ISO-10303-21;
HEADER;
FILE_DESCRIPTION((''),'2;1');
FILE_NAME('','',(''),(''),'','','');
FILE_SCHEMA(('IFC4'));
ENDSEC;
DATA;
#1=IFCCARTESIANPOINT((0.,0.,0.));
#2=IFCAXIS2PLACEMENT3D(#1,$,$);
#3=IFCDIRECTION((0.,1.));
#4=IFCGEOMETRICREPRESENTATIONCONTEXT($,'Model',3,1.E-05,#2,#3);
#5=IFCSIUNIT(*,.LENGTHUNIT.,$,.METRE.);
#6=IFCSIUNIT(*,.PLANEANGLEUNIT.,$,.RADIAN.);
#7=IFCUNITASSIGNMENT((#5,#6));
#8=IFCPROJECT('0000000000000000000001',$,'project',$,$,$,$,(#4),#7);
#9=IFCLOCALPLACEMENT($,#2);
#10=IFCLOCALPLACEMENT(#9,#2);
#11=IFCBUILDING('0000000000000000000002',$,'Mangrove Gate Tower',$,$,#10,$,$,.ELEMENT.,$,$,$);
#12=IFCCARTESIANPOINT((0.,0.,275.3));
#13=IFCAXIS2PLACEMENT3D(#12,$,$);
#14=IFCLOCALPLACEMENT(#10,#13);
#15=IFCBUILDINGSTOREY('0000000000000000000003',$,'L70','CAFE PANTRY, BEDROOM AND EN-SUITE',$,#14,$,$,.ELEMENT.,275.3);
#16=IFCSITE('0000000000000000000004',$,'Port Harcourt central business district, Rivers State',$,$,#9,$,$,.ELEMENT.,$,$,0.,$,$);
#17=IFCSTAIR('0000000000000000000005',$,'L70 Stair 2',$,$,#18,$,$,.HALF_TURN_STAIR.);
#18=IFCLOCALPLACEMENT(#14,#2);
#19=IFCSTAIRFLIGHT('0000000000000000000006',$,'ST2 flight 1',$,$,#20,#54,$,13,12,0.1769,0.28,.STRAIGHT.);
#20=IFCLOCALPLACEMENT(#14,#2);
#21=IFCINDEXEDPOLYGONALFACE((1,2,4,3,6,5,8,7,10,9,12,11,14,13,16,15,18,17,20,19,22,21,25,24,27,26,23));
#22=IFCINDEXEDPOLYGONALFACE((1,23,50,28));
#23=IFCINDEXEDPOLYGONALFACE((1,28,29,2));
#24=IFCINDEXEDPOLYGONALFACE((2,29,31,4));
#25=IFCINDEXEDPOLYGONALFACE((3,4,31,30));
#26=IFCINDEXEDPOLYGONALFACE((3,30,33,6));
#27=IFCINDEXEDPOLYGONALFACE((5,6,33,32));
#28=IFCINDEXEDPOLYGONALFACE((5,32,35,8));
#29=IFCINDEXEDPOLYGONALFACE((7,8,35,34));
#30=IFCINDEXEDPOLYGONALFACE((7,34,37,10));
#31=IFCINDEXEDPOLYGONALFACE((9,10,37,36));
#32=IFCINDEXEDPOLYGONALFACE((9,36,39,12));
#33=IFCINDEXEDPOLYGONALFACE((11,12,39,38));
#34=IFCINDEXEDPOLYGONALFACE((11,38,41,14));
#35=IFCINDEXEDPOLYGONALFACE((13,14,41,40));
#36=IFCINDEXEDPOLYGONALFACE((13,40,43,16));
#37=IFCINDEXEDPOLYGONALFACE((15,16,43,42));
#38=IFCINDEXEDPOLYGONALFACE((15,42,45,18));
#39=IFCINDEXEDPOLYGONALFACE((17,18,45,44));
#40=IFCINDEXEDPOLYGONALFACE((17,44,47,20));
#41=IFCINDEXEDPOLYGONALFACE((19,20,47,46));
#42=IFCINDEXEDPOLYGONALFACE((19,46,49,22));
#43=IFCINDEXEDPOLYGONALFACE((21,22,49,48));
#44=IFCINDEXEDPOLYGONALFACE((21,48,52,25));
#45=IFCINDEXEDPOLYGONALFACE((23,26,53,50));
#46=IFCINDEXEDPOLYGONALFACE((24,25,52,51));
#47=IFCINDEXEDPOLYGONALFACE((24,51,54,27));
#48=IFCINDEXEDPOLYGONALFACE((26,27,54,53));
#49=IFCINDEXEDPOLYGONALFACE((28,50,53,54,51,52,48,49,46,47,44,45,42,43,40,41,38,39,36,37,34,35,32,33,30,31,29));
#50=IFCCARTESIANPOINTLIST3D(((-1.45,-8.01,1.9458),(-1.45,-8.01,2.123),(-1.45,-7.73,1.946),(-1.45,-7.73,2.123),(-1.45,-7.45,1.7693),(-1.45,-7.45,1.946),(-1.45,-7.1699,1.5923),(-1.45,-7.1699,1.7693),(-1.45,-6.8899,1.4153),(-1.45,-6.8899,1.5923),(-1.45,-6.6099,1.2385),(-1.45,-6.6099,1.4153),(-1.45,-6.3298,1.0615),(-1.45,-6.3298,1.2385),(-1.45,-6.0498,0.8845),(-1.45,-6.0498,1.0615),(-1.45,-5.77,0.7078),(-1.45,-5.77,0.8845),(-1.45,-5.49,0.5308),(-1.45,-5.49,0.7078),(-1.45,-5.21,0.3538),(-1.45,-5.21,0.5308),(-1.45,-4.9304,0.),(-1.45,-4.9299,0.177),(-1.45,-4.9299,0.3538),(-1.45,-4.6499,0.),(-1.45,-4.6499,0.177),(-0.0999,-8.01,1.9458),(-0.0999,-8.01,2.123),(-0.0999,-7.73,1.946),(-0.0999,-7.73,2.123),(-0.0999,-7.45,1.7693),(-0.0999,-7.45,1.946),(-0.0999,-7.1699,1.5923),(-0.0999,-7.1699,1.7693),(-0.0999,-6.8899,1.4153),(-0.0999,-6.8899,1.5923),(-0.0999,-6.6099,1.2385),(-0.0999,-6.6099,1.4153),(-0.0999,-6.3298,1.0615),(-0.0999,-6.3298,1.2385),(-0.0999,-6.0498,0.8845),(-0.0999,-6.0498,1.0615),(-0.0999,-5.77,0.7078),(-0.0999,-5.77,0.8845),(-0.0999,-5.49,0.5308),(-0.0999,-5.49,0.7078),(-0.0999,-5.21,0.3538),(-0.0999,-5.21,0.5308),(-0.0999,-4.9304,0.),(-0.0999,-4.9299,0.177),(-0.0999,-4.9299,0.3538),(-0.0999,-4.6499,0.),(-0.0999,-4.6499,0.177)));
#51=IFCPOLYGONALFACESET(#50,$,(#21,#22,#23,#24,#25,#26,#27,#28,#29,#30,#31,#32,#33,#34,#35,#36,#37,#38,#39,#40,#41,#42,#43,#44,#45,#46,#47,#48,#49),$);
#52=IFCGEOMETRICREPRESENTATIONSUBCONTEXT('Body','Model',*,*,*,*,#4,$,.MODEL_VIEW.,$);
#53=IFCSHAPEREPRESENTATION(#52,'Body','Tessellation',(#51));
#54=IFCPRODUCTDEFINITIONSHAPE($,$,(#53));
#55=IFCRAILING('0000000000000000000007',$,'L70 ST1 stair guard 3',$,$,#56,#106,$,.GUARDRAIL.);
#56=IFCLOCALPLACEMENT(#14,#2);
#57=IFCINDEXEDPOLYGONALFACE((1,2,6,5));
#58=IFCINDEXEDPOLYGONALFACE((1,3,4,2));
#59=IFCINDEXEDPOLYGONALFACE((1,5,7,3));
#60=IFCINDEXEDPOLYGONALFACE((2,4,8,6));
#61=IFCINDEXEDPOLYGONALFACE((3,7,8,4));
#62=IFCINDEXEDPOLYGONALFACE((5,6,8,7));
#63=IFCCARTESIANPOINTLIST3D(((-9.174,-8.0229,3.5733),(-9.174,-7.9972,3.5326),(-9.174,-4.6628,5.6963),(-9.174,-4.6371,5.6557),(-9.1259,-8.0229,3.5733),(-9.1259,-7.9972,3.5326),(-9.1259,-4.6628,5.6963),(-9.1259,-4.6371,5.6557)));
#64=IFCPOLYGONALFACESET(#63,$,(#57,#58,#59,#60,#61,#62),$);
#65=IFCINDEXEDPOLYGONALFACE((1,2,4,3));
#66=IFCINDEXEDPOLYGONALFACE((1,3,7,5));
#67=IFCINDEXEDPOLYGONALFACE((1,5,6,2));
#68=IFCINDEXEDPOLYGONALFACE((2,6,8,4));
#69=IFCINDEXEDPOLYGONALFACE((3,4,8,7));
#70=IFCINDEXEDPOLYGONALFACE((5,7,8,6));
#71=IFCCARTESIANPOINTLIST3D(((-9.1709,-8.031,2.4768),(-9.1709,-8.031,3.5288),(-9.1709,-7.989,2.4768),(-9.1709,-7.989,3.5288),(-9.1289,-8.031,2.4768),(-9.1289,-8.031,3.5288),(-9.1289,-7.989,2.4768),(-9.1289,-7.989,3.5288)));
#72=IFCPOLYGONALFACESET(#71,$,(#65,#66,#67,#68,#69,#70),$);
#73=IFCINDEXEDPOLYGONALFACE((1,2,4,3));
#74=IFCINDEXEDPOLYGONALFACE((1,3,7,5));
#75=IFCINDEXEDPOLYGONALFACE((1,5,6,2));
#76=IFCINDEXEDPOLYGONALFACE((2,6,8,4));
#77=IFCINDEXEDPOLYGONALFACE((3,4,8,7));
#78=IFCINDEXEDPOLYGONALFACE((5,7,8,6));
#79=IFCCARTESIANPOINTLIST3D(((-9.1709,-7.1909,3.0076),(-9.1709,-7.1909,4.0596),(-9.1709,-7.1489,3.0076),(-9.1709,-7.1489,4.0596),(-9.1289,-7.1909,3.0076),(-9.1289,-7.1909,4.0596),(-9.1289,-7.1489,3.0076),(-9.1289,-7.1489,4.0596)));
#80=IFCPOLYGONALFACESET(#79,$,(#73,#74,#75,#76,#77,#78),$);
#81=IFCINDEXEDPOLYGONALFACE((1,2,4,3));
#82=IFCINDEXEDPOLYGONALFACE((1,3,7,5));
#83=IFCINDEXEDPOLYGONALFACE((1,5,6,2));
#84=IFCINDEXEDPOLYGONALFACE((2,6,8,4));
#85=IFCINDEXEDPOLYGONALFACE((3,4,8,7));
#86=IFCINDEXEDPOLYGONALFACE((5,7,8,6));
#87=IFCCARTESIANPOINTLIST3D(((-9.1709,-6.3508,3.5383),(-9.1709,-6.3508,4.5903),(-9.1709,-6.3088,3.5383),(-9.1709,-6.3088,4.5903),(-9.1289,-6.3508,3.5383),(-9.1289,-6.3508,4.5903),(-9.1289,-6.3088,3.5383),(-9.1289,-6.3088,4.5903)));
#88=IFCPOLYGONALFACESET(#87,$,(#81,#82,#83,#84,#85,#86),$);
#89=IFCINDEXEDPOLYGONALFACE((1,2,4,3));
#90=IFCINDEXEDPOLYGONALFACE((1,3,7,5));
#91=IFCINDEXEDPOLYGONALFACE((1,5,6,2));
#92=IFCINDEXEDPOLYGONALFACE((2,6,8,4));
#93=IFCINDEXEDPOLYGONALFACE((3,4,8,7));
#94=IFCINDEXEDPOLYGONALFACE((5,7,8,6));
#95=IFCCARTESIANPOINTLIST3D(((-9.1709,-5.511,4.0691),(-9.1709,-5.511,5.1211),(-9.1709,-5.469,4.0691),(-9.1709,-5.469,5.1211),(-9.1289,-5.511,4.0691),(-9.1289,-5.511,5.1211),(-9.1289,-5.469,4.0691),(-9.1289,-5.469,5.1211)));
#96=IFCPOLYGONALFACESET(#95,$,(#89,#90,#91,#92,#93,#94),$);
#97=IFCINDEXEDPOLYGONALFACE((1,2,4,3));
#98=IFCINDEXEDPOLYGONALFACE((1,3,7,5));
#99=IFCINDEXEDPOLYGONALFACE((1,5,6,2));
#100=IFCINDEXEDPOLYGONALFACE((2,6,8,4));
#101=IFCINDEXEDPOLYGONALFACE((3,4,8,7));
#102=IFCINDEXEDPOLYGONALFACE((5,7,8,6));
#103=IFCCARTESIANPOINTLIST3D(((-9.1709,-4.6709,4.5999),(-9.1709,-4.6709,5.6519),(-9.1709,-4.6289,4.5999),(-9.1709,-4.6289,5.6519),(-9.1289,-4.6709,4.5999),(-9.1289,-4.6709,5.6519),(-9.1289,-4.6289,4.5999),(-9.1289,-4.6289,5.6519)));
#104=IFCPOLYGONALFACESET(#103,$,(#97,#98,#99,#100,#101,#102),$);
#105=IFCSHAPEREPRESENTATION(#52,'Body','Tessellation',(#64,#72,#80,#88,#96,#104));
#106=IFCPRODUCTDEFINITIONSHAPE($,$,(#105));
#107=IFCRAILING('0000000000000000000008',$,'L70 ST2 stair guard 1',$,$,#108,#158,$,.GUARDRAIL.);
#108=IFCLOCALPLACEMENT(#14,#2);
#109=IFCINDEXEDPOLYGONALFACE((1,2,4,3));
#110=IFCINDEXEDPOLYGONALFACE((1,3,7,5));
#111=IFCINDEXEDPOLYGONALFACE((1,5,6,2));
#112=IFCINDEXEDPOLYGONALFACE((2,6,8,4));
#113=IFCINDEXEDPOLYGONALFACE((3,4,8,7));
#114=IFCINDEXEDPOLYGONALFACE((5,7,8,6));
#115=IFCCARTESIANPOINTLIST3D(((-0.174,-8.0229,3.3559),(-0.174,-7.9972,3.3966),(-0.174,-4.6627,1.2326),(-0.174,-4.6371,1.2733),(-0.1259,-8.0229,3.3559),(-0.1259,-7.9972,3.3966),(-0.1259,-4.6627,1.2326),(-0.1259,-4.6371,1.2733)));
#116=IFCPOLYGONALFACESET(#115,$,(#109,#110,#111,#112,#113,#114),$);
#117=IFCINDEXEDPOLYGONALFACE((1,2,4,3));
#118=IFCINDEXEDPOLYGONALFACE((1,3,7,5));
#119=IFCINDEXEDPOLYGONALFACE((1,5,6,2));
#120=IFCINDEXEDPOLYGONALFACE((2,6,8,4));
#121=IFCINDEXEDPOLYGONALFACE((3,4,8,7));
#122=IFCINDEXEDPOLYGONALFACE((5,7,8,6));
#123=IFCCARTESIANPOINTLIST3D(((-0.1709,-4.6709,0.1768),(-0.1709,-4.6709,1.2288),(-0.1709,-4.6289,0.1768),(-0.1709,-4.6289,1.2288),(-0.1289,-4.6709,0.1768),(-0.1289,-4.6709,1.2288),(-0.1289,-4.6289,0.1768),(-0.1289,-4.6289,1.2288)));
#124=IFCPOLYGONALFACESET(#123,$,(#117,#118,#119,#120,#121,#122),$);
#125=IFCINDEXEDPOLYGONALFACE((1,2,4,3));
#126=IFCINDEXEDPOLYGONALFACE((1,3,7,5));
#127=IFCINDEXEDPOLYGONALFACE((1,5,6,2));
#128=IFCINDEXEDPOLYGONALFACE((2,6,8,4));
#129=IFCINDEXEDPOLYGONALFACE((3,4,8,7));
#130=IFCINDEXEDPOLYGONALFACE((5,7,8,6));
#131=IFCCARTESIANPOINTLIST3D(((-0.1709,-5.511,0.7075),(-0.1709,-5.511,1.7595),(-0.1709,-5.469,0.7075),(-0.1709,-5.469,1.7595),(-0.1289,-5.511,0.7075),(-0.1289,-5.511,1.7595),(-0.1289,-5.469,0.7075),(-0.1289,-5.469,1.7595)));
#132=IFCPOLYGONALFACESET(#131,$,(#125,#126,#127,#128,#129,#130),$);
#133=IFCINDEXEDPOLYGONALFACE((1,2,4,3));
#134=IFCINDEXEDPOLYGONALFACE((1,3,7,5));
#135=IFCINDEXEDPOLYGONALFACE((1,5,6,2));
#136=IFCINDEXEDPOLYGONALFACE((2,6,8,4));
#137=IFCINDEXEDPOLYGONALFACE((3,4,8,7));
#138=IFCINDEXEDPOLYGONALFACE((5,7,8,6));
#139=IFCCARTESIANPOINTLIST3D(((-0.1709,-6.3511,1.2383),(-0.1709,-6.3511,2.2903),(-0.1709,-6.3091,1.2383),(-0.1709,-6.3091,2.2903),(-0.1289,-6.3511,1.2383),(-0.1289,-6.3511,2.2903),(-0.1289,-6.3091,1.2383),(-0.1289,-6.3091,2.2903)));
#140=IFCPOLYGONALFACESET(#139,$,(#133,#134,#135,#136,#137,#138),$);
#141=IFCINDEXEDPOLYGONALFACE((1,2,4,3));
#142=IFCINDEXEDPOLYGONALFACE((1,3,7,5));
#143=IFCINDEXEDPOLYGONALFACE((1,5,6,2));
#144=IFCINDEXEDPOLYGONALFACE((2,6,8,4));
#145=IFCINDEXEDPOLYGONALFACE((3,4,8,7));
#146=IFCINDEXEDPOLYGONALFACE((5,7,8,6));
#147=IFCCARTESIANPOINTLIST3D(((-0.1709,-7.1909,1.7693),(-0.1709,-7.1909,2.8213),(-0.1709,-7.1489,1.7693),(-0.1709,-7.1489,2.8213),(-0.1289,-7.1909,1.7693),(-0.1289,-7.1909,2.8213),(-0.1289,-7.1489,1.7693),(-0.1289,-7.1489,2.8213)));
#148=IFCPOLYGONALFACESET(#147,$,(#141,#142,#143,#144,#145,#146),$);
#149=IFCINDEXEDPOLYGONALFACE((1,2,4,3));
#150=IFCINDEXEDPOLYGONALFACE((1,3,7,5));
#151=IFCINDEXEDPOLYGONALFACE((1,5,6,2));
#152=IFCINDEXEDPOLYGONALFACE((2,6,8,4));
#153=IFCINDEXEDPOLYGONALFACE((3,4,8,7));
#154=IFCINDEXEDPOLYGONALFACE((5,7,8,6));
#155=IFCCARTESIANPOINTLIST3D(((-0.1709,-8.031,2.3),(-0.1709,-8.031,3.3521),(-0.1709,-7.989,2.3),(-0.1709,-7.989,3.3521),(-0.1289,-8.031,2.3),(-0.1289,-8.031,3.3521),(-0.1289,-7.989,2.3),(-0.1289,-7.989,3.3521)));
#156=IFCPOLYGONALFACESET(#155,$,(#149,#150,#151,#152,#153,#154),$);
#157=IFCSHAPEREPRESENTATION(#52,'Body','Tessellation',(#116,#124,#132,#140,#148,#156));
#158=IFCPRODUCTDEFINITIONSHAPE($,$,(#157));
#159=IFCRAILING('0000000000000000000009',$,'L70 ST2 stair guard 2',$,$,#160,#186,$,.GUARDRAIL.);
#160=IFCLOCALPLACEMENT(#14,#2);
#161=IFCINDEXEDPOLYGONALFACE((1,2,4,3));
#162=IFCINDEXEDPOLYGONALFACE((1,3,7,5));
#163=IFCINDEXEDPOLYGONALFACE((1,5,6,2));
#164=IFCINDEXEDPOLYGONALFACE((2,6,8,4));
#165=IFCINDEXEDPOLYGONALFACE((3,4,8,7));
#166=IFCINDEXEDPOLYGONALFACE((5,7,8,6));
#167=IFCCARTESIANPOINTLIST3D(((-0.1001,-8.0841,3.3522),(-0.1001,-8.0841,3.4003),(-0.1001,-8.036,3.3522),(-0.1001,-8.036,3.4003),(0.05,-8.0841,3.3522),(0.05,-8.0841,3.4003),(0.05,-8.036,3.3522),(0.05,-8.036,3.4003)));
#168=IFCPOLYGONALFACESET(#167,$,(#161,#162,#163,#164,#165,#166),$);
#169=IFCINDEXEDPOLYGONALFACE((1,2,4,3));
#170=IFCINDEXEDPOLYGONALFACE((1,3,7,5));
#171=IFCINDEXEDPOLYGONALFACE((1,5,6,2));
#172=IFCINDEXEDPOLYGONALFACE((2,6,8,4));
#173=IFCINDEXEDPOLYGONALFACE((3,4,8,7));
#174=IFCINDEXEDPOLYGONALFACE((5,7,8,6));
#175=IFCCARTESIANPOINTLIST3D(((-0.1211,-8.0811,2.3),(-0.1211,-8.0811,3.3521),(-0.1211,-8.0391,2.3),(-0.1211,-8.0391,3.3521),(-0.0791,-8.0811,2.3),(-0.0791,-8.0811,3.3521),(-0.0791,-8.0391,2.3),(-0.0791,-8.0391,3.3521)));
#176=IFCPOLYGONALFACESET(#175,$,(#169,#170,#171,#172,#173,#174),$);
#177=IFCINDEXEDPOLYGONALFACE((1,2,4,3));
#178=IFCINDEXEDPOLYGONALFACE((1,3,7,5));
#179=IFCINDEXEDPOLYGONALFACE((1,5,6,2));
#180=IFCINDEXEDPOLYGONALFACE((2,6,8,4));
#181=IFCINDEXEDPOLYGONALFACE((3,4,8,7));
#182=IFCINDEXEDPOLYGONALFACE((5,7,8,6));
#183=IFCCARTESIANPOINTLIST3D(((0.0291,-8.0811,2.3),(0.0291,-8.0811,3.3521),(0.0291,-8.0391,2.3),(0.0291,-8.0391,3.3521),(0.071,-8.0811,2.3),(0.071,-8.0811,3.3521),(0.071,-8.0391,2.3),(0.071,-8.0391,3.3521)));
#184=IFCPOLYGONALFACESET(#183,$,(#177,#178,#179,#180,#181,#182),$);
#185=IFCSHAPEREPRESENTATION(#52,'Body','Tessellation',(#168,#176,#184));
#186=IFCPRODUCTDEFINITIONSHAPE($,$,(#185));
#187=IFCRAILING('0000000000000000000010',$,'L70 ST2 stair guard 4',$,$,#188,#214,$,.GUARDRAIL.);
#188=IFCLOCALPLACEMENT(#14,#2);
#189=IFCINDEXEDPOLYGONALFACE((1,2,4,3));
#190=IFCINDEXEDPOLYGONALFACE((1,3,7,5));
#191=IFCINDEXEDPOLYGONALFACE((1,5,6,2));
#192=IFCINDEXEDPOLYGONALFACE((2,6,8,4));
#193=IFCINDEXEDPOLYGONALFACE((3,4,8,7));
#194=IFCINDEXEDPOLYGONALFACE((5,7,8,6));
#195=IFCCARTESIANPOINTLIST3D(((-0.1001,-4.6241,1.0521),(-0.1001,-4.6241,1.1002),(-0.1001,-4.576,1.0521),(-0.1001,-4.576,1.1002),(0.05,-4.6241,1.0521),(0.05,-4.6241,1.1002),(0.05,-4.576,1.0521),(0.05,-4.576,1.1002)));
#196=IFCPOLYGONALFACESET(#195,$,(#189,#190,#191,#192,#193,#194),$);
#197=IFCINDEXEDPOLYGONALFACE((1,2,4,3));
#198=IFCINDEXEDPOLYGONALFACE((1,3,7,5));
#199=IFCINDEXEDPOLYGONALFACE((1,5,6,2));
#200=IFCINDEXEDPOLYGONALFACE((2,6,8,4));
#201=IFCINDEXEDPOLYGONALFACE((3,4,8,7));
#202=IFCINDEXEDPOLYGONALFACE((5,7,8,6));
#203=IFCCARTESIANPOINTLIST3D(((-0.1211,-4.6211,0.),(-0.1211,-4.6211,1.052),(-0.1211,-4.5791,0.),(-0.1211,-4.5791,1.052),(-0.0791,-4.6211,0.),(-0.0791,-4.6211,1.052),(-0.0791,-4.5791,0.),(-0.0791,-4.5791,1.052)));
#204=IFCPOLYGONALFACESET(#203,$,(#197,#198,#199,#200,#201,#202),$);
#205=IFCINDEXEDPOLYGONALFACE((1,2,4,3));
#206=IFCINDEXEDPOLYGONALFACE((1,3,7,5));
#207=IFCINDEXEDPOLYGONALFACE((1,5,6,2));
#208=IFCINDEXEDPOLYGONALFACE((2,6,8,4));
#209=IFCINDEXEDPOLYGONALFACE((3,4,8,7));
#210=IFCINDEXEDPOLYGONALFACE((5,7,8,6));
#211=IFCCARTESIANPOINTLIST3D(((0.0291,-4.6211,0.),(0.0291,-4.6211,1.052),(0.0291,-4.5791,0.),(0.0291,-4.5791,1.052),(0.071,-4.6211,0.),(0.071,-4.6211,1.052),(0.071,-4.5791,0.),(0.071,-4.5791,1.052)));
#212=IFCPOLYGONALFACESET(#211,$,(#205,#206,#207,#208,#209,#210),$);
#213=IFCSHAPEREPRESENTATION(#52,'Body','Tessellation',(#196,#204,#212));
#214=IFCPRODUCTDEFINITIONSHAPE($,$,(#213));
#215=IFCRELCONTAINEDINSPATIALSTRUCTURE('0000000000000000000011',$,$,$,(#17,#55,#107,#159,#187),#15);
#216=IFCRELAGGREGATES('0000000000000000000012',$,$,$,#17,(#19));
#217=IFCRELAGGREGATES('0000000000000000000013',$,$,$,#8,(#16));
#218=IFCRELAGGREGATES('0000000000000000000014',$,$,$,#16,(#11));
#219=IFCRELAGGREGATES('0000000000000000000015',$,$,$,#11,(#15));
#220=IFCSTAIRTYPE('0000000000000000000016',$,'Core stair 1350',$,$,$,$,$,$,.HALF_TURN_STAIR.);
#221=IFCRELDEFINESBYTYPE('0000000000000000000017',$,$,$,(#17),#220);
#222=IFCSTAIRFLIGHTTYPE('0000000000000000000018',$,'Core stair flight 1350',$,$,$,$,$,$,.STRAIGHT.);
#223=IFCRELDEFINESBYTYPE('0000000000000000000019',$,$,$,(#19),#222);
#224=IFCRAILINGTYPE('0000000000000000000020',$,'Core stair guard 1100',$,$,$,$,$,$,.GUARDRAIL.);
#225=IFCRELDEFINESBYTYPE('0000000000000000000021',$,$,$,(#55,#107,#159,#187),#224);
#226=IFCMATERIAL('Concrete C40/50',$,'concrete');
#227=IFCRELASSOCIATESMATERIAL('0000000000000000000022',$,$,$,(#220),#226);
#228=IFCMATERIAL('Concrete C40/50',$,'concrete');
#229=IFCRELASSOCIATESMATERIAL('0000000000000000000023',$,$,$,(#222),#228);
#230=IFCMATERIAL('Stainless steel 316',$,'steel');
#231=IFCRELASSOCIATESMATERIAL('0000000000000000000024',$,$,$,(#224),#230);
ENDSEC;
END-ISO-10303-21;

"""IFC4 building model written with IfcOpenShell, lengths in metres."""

from ifc_helpers import new_model, si_unit, direction, frame, origin, origin_2d, place, context, subcontext, project, spatial, polyline, rectangle, outline, extrude, material, type_object, element, aggregate, save


model = new_model("IFC4")

# Units and contexts
model_context = context("Model", 3, precision=1e-05, world=origin(), true_north=direction((0.0, 1.0)))
body_context = subcontext(model_context, "Body", "Model", "MODEL_VIEW")
ifc_project = project(units=[si_unit("LENGTHUNIT", "METRE"), si_unit("PLANEANGLEUNIT", "RADIAN")], contexts=[model_context])

# Site, building, storey
site_placement = place(None, origin())
site = spatial("IfcSite", under=ifc_project, at=site_placement, Name="Port Harcourt central business district, Rivers State", CompositionType="ELEMENT", RefElevation=0.0)
building_placement = place(site_placement, origin())
building = spatial("IfcBuilding", under=site, at=building_placement, Name="Mangrove Gate Tower", CompositionType="ELEMENT")
storey_placement = place(building_placement, frame((0.0, 0.0, 275.3)))
storey = spatial("IfcBuildingStorey", under=building, at=storey_placement, Name="L70", Description="CAFE PANTRY, BEDROOM AND EN-SUITE", CompositionType="ELEMENT", Elevation=275.3)

# Stair, stair flight
ifc_material_1 = material(Name="Concrete C40/50", Category="concrete")
stair_type = type_object("IfcStairType", Name="Core stair 1350", PredefinedType="HALF_TURN_STAIR", material=ifc_material_1)
ifc_material_2 = material(Name="Concrete C40/50", Category="concrete")
stair_flight_type = type_object("IfcStairFlightType", Name="Core stair flight 1350", PredefinedType="STRAIGHT", material=ifc_material_2)
stair_1_placement = place(storey_placement, origin())
stair_1 = element("IfcStair", 1, at=stair_1_placement, inside=storey, type_object=stair_type, Name="L70 Stair 2", PredefinedType="HALF_TURN_STAIR")
stair_flight_1_placement = place(storey_placement, frame((-0.7749, -4.6499, 0.0), z_axis=(0.0, 0.0, 1.0), x_axis=(0.0, -1.0, 0.0)))
stair_flight_1 = element("IfcStairFlight", 2, at=stair_flight_1_placement, type_object=stair_flight_type, Name="ST2 flight 1", NumberOfRisers=13, NumberOfTreads=12, PredefinedType="STRAIGHT", RiserHeight=0.1769, TreadLength=0.28, context=body_context, shape_type="SweptSolid", body=[
    extrude(outline(polyline([(0.0, 0.0), (0.0, 0.177), (0.28, 0.177), (0.28, 0.3538), (0.5601, 0.3538), (0.5601, 0.5308), (0.8401, 0.5308), (0.8401, 0.7078), (1.1201, 0.7078), (1.1201, 0.8845), (1.3999, 0.8845), (1.3999, 1.0615), (1.6799, 1.0615), (1.6799, 1.2385), (1.96, 1.2385), (1.96, 1.4153), (2.24, 1.4153), (2.24, 1.5923), (2.52, 1.5923), (2.52, 1.7693), (2.8, 1.7693), (2.8, 1.946), (3.0801, 1.946), (3.0801, 2.123), (3.3601, 2.123), (3.3601, 2.3), (3.3601, 1.9458), (0.2805, 0.0), (0.0, 0.0)])), frame((0.0, 0.675, 0.0), z_axis=(0.0, -1.0, 0.0), x_axis=(1.0, 0.0, 0.0)), (0.0, 0.0, 1.0), 1.3501),
])
aggregate(stair_1, [stair_flight_1])

# Railings
ifc_material_3 = material(Name="Stainless steel 316", Category="steel")
railing_type_1 = type_object("IfcRailingType", Name="Core stair guard 1100", PredefinedType="GUARDRAIL", material=ifc_material_3)
railing_1_placement = place(storey_placement, frame((-9.1499, -8.01, 2.4768)))
element("IfcRailing", 3, at=railing_1_placement, inside=storey, type_object=railing_type_1, Name="L70 ST1 stair guard 3", PredefinedType="GUARDRAIL", context=body_context, shape_type="SweptSolid", body=[
    extrude(rectangle(XDim=0.0481, YDim=0.0481, at=origin_2d()), frame((0.0, 0.0, 1.0762), z_axis=(0.0, 0.84539, 0.53415), x_axis=(-1.0, 0.0, 0.0)), (0.0, 0.0, 1.0), 3.9746),
    extrude(rectangle(XDim=0.042, YDim=0.042, at=origin_2d()), origin(), (0.0, 0.0, 1.0), 1.052),
    extrude(rectangle(XDim=0.042, YDim=0.042, at=origin_2d()), frame((0.0, 0.8401, 0.5308)), (0.0, 0.0, 1.0), 1.052),
    extrude(rectangle(XDim=0.042, YDim=0.042, at=origin_2d()), frame((0.0, 1.6802, 1.0615)), (0.0, 0.0, 1.0), 1.052),
    extrude(rectangle(XDim=0.042, YDim=0.042, at=origin_2d()), frame((0.0, 2.52, 1.5923)), (0.0, 0.0, 1.0), 1.052),
    extrude(rectangle(XDim=0.042, YDim=0.042, at=origin_2d()), frame((0.0, 3.3601, 2.123)), (0.0, 0.0, 1.0), 1.052),
])
railing_2_placement = place(storey_placement, frame((-0.1499, -4.6499, 0.1768)))
element("IfcRailing", 4, at=railing_2_placement, inside=storey, type_object=railing_type_1, Name="L70 ST2 stair guard 1", PredefinedType="GUARDRAIL", context=body_context, shape_type="SweptSolid", body=[
    extrude(rectangle(XDim=0.0481, YDim=0.0481, at=origin_2d()), frame((0.0, 0.0, 1.0762), z_axis=(0.0, -0.845362, 0.534194), x_axis=(1.0, 0.0, 0.0)), (0.0, 0.0, 1.0), 3.9749),
    extrude(rectangle(XDim=0.042, YDim=0.042, at=origin_2d()), origin(), (0.0, 0.0, 1.0), 1.052),
    extrude(rectangle(XDim=0.042, YDim=0.042, at=origin_2d()), frame((0.0, -0.8401, 0.5308)), (0.0, 0.0, 1.0), 1.052),
    extrude(rectangle(XDim=0.042, YDim=0.042, at=origin_2d()), frame((0.0, -1.6802, 1.0615)), (0.0, 0.0, 1.0), 1.052),
    extrude(rectangle(XDim=0.042, YDim=0.042, at=origin_2d()), frame((0.0, -2.52, 1.5925)), (0.0, 0.0, 1.0), 1.052),
    extrude(rectangle(XDim=0.042, YDim=0.042, at=origin_2d()), frame((0.0, -3.3601, 2.1233)), (0.0, 0.0, 1.0), 1.052),
])
for number, where, name in (
    (5, (-0.1001, -8.0601, 2.3), "L70 ST2 stair guard 2"),
    (6, (-0.1001, -4.6001, 0.0), "L70 ST2 stair guard 4"),
):
    element("IfcRailing", number, at=place(storey_placement, frame(where)), inside=storey, type_object=railing_type_1, Name=name, PredefinedType="GUARDRAIL", context=body_context, shape_type="SweptSolid", body=[
        extrude(rectangle(XDim=0.0481, YDim=0.0481, at=origin_2d()), frame((0.0, 0.0, 1.0762), z_axis=(1.0, 0.0, 0.0), x_axis=(0.0, 1.0, 0.0)), (0.0, 0.0, 1.0), 0.1501),
        extrude(rectangle(XDim=0.042, YDim=0.042, at=origin_2d()), origin(), (0.0, 0.0, 1.0), 1.052),
        extrude(rectangle(XDim=0.042, YDim=0.042, at=origin_2d()), frame((0.1501, 0.0, 0.0)), (0.0, 0.0, 1.0), 1.052),
    ])

save(model, "model.ifc")
